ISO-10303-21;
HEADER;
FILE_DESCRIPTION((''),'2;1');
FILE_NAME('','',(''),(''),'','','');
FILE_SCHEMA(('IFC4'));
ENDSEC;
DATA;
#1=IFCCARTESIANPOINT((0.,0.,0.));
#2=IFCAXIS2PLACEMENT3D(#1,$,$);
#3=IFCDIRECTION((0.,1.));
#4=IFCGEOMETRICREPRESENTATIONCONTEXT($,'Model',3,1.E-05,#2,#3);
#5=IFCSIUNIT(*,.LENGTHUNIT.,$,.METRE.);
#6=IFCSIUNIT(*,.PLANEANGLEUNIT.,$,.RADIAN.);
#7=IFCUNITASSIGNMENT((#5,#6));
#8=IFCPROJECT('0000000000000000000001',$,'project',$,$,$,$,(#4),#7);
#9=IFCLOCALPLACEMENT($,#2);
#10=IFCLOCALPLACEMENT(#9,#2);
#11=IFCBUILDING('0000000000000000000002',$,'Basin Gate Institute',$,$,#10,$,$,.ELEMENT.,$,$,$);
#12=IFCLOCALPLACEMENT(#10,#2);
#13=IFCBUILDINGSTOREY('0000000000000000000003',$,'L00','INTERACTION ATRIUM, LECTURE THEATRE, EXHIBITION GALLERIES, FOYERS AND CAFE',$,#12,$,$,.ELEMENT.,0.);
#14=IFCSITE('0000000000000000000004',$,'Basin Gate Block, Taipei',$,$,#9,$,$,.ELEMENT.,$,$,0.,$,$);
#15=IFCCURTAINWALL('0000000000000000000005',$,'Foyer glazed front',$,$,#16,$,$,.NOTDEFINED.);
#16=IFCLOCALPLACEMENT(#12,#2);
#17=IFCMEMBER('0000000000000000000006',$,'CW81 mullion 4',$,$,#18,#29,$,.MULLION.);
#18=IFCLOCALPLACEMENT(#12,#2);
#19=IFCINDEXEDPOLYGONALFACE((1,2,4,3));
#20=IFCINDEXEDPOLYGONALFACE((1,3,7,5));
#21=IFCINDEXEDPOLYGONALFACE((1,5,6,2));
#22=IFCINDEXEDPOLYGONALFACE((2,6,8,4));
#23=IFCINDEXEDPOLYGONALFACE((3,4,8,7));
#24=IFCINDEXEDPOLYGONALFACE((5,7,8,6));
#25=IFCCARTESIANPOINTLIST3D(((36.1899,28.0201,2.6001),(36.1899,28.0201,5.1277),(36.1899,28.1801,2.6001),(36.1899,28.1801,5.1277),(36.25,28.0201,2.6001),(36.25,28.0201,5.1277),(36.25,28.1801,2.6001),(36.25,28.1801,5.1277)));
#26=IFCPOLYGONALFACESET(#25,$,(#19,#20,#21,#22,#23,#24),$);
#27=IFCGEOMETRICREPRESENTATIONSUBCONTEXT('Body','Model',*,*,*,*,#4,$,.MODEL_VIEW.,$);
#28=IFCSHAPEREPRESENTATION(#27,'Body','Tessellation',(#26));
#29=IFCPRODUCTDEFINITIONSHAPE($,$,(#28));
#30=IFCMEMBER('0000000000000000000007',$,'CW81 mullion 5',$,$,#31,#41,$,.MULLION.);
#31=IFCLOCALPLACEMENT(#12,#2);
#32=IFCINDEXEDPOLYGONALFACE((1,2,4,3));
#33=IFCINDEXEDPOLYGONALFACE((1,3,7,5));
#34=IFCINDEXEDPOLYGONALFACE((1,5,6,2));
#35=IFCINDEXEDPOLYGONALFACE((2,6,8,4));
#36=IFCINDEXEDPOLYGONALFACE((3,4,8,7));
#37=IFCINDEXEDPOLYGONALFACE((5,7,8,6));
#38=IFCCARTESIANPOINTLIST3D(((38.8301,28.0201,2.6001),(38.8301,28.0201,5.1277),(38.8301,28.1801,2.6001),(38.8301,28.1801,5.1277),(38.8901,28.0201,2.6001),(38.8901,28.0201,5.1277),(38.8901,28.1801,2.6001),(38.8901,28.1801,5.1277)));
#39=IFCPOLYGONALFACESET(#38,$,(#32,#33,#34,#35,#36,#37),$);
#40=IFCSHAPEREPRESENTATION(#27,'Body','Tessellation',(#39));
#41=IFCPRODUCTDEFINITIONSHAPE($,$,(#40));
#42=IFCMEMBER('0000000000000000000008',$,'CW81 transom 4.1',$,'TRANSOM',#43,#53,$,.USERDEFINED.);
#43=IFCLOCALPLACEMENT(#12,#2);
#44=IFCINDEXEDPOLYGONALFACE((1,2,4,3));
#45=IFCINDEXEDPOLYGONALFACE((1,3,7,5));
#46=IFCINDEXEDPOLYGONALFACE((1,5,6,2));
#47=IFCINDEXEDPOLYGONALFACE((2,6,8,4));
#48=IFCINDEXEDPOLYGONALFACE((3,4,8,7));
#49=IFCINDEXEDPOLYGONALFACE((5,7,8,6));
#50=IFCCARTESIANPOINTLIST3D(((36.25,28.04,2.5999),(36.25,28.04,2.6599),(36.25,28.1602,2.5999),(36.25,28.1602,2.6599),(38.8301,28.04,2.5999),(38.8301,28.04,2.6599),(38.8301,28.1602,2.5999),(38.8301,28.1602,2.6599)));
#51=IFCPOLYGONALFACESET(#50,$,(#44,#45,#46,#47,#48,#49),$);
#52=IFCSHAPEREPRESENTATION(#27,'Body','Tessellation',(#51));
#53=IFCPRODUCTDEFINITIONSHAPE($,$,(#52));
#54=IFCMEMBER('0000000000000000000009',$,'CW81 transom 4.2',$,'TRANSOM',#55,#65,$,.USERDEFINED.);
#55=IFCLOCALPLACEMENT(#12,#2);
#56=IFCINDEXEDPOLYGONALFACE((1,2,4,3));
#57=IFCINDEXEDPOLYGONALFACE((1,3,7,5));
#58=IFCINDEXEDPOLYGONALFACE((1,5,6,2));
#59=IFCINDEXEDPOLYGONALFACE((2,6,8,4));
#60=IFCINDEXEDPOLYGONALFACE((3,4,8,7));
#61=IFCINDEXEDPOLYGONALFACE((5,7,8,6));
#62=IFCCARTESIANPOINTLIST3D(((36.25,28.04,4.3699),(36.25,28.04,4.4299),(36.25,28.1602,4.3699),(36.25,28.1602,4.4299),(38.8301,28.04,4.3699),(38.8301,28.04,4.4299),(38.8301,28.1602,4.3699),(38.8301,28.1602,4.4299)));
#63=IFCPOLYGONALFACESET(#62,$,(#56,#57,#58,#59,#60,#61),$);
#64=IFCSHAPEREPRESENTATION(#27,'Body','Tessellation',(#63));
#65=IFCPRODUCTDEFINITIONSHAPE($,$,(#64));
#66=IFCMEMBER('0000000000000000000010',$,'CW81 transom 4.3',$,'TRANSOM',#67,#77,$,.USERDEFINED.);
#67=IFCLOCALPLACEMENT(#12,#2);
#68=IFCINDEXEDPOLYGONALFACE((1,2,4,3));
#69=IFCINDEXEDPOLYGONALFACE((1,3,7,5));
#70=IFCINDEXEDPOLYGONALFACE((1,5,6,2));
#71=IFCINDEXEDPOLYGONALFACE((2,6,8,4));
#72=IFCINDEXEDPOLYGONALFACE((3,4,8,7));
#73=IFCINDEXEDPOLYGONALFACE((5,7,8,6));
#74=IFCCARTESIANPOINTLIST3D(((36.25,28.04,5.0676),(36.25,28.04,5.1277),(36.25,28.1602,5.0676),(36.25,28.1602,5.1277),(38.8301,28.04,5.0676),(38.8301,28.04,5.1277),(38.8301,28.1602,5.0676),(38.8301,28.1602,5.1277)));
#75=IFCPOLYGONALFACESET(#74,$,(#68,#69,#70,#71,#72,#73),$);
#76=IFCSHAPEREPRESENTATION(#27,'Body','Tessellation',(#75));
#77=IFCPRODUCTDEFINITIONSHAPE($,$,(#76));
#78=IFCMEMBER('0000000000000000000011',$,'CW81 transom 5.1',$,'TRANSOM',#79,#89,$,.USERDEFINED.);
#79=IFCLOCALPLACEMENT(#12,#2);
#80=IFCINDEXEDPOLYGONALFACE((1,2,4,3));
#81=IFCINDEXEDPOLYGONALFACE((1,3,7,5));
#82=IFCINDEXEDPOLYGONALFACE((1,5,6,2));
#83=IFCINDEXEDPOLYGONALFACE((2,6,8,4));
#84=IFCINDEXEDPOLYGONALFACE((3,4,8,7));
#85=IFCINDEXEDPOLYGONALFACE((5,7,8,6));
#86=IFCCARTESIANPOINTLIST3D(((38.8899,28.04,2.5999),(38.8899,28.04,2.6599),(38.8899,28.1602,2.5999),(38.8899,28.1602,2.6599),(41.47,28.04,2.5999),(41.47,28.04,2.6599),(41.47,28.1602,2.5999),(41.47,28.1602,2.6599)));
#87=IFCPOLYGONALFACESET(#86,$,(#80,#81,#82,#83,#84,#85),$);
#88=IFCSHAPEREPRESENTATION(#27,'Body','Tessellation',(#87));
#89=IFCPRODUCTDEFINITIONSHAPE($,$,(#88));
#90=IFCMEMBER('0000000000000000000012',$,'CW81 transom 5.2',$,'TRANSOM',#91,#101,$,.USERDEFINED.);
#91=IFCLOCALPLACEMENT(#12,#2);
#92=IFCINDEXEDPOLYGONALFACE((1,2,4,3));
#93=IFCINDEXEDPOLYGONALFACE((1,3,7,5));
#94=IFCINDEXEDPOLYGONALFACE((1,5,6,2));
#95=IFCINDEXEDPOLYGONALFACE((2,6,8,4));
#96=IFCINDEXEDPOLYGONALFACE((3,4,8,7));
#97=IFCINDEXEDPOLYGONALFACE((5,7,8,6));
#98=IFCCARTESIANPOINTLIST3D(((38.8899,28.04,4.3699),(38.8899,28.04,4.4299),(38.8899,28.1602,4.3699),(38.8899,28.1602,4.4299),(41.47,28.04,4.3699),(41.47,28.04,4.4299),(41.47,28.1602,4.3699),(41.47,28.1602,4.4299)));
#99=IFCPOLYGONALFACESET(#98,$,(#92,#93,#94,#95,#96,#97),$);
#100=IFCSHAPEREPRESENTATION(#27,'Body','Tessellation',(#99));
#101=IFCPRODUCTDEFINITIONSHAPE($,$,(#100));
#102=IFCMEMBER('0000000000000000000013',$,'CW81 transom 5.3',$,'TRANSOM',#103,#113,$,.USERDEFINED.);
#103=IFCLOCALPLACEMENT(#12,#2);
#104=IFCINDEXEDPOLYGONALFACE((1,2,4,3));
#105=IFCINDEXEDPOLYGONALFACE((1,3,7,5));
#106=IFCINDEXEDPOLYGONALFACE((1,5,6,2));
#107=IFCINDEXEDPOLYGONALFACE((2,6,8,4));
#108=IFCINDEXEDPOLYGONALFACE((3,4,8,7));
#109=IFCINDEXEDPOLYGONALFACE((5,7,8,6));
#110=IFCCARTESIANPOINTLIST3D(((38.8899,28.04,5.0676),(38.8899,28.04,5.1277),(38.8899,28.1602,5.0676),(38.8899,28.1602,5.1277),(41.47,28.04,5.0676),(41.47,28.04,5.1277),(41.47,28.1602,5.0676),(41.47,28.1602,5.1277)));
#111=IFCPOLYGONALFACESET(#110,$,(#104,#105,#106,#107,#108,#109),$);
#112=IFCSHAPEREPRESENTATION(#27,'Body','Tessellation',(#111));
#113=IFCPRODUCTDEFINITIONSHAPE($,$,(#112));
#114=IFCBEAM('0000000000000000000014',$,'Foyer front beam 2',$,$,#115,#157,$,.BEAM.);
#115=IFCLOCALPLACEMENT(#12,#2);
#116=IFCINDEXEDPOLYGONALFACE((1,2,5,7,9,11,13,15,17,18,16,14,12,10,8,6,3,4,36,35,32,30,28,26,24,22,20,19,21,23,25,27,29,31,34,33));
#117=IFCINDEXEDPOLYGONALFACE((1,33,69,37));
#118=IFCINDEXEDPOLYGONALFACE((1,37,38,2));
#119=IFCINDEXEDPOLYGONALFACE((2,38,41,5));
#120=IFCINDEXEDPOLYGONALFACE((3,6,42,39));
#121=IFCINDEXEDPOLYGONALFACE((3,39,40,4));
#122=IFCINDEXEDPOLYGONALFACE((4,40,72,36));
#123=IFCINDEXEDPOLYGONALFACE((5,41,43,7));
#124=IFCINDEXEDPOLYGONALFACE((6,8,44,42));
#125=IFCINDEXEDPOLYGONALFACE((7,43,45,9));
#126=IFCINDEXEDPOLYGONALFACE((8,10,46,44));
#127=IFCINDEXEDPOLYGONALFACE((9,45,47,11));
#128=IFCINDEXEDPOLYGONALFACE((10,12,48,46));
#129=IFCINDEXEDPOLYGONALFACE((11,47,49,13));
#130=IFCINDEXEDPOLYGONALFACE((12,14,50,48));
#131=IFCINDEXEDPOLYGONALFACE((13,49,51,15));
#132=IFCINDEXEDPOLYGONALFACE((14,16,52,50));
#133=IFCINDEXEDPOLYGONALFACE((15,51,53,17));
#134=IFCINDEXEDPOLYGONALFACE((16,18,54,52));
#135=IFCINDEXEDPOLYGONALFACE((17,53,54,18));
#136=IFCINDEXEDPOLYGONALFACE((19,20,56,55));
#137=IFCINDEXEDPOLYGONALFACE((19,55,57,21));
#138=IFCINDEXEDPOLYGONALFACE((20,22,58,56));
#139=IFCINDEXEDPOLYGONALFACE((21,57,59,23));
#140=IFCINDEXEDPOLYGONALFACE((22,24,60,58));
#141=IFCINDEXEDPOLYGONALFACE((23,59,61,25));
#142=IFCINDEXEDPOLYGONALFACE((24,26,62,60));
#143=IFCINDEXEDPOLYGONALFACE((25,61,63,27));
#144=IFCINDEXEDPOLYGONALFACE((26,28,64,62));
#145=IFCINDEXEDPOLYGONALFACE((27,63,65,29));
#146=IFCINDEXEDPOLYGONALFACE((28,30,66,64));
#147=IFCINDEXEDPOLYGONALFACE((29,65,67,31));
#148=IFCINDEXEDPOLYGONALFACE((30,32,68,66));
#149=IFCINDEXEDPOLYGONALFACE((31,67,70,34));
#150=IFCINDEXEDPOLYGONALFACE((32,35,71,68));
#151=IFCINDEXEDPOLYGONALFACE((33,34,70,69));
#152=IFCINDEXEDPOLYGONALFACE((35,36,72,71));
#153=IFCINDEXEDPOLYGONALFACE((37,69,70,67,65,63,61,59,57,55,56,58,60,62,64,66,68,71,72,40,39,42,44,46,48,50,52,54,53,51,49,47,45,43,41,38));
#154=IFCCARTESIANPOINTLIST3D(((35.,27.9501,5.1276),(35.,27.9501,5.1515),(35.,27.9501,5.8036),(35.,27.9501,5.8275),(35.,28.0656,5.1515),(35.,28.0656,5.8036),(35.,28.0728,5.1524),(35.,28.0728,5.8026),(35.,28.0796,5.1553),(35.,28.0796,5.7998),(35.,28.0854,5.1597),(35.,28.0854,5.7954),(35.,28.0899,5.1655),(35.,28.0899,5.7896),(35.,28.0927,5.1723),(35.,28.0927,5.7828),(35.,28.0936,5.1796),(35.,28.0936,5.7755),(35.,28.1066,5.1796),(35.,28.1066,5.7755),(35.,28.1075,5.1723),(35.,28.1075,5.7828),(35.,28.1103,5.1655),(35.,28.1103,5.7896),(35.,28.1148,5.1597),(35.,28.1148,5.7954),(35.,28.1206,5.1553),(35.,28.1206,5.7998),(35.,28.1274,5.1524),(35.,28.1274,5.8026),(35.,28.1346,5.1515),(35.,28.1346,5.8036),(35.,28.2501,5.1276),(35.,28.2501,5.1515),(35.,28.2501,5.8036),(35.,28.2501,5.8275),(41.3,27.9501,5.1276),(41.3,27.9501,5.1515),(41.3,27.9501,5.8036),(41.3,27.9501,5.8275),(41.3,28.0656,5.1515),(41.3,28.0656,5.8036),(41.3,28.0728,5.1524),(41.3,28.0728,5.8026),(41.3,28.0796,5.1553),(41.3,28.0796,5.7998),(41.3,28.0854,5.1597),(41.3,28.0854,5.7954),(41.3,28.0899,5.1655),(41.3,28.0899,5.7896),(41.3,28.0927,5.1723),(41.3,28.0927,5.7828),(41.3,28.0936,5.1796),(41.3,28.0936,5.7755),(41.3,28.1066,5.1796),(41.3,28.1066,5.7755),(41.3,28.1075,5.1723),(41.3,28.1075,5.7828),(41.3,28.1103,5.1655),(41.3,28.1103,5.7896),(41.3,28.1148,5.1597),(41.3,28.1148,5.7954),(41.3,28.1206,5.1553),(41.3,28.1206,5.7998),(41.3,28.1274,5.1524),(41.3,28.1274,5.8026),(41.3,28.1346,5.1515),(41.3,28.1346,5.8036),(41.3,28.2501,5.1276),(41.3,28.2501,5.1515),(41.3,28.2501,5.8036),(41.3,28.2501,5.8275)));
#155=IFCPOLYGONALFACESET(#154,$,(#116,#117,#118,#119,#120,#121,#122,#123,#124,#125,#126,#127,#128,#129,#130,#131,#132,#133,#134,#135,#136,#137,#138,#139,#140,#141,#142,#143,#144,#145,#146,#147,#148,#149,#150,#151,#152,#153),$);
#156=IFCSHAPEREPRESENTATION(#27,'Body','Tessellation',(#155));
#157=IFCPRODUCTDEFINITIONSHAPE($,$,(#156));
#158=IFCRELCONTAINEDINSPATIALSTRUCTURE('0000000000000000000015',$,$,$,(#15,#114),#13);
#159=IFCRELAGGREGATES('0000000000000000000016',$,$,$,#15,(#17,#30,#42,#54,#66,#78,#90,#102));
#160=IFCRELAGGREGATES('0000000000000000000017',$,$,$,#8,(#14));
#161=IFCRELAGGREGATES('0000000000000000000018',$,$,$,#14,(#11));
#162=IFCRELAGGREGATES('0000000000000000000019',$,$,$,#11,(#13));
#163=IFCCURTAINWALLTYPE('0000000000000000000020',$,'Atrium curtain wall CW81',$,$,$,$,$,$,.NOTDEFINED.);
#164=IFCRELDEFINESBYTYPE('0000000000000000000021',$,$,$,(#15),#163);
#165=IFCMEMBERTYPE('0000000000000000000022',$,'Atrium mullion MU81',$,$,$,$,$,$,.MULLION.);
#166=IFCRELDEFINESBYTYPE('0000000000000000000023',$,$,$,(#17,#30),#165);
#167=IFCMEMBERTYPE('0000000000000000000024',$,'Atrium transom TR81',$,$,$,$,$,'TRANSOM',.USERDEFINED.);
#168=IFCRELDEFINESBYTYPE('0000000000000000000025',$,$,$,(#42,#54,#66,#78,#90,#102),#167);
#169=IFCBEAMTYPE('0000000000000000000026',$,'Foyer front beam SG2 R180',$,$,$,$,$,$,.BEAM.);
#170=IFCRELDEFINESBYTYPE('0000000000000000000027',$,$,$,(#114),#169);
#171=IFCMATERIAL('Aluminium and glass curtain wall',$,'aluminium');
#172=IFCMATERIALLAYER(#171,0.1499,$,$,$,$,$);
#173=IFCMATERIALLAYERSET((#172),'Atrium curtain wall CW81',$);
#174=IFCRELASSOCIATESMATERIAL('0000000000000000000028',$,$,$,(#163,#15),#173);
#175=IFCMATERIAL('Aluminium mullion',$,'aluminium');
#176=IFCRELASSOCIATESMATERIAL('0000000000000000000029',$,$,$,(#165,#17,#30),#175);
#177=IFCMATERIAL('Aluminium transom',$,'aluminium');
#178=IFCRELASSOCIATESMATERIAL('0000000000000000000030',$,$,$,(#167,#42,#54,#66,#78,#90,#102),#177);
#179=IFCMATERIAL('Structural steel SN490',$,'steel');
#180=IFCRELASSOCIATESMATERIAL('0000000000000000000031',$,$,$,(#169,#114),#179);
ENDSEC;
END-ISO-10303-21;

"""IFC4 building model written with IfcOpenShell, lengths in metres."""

from ifc_helpers import new_model, si_unit, direction, frame, origin, origin_2d, place, context, subcontext, project, spatial, rectangle, i_section, extrude, material, layer, layer_set, material_profile, profile_set, type_object, element, aggregate, save


model = new_model("IFC4")

# Units and contexts
model_context = context("Model", 3, precision=1e-05, world=origin(), true_north=direction((0.0, 1.0)))
body_context = subcontext(model_context, "Body", "Model", "MODEL_VIEW")
ifc_project = project(units=[si_unit("LENGTHUNIT", "METRE"), si_unit("PLANEANGLEUNIT", "RADIAN")], contexts=[model_context])

# Site, building, storey
site_placement = place(None, origin())
site = spatial("IfcSite", under=ifc_project, at=site_placement, Name="Basin Gate Block, Taipei", CompositionType="ELEMENT", RefElevation=0.0)
building_placement = place(site_placement, origin())
building = spatial("IfcBuilding", under=site, at=building_placement, Name="Basin Gate Institute", CompositionType="ELEMENT")
storey_placement = place(building_placement, origin())
storey = spatial("IfcBuildingStorey", under=building, at=storey_placement, Name="L00", Description="INTERACTION ATRIUM, LECTURE THEATRE, EXHIBITION GALLERIES, FOYERS AND CAFE", CompositionType="ELEMENT", Elevation=0.0)

# Curtain wall, members
ifc_material_1 = material(Name="Aluminium and glass curtain wall", Category="aluminium")
ifc_layer_1 = layer(ifc_material_1, 0.1499)
ifc_layer_set_1 = layer_set([ifc_layer_1], Name="Atrium curtain wall CW81")
curtain_wall_type = type_object("IfcCurtainWallType", Name="Atrium curtain wall CW81", PredefinedType="NOTDEFINED", material=ifc_layer_set_1)
curtain_wall_placement = place(storey_placement, origin())
curtain_wall = element("IfcCurtainWall", 1, at=curtain_wall_placement, inside=storey, type_object=curtain_wall_type, material=ifc_layer_set_1, Name="Foyer glazed front", PredefinedType="NOTDEFINED")
ifc_material_2 = material(Name="Aluminium mullion", Category="aluminium")
ifc_material_profile_1 = material_profile(ifc_material_2, rectangle(XDim=0.1599, YDim=0.0601, at=origin_2d()), Name="Atrium mullion MU81 160 x 60")
ifc_profile_set_1 = profile_set([ifc_material_profile_1], Name="Aluminium mullion")
member_type_1 = type_object("IfcMemberType", Name="Atrium mullion MU81", PredefinedType="MULLION", material=ifc_profile_set_1)
member_1_placement = place(storey_placement, frame((36.22, 28.1001, 2.6001), z_axis=(0.0, 0.0, 1.0), x_axis=(0.0, 1.0, 0.0)))
member_1 = element("IfcMember", 2, at=member_1_placement, type_object=member_type_1, material=ifc_profile_set_1, Name="CW81 mullion 4", PredefinedType="MULLION", context=body_context, shape_type="SweptSolid", body=[
    extrude(rectangle(XDim=0.1599, YDim=0.0601, at=origin_2d()), origin(), (0.0, 0.0, 1.0), 2.5276),
])
member_2_placement = place(storey_placement, frame((38.8601, 28.1001, 2.6001), z_axis=(0.0, 0.0, 1.0), x_axis=(0.0, 1.0, 0.0)))
member_2 = element("IfcMember", 3, at=member_2_placement, type_object=member_type_1, material=ifc_profile_set_1, Name="CW81 mullion 5", PredefinedType="MULLION", context=body_context, shape_type="SweptSolid", body=[
    extrude(rectangle(XDim=0.1599, YDim=0.0601, at=origin_2d()), origin(), (0.0, 0.0, 1.0), 2.5276),
])
ifc_material_3 = material(Name="Aluminium transom", Category="aluminium")
ifc_material_profile_2 = material_profile(ifc_material_3, rectangle(XDim=0.1201, YDim=0.0601, at=origin_2d()), Name="Atrium transom TR81 120 x 60")
ifc_profile_set_2 = profile_set([ifc_material_profile_2], Name="Aluminium transom")
member_type_2 = type_object("IfcMemberType", Name="Atrium transom TR81", ElementType="TRANSOM", PredefinedType="USERDEFINED", material=ifc_profile_set_2)
member_3_placement = place(storey_placement, frame((36.25, 28.1001, 2.6299), z_axis=(1.0, 0.0, 0.0), x_axis=(0.0, 1.0, 0.0)))
member_3 = element("IfcMember", 4, at=member_3_placement, type_object=member_type_2, material=ifc_profile_set_2, Name="CW81 transom 4.1", ObjectType="TRANSOM", PredefinedType="USERDEFINED", context=body_context, shape_type="SweptSolid", body=[
    extrude(rectangle(XDim=0.1201, YDim=0.0601, at=origin_2d()), origin(), (0.0, 0.0, 1.0), 2.5801),
])
member_4_placement = place(storey_placement, frame((36.25, 28.1001, 4.3999), z_axis=(1.0, 0.0, 0.0), x_axis=(0.0, 1.0, 0.0)))
member_4 = element("IfcMember", 5, at=member_4_placement, type_object=member_type_2, material=ifc_profile_set_2, Name="CW81 transom 4.2", ObjectType="TRANSOM", PredefinedType="USERDEFINED", context=body_context, shape_type="SweptSolid", body=[
    extrude(rectangle(XDim=0.1201, YDim=0.0601, at=origin_2d()), origin(), (0.0, 0.0, 1.0), 2.5801),
])
member_5_placement = place(storey_placement, frame((36.25, 28.1001, 5.0977), z_axis=(1.0, 0.0, 0.0), x_axis=(0.0, 1.0, 0.0)))
member_5 = element("IfcMember", 6, at=member_5_placement, type_object=member_type_2, material=ifc_profile_set_2, Name="CW81 transom 4.3", ObjectType="TRANSOM", PredefinedType="USERDEFINED", context=body_context, shape_type="SweptSolid", body=[
    extrude(rectangle(XDim=0.1201, YDim=0.0601, at=origin_2d()), origin(), (0.0, 0.0, 1.0), 2.5801),
])
member_6_placement = place(storey_placement, frame((38.8899, 28.1001, 2.6299), z_axis=(1.0, 0.0, 0.0), x_axis=(0.0, 1.0, 0.0)))
member_6 = element("IfcMember", 7, at=member_6_placement, type_object=member_type_2, material=ifc_profile_set_2, Name="CW81 transom 5.1", ObjectType="TRANSOM", PredefinedType="USERDEFINED", context=body_context, shape_type="SweptSolid", body=[
    extrude(rectangle(XDim=0.1201, YDim=0.0601, at=origin_2d()), origin(), (0.0, 0.0, 1.0), 2.5801),
])
member_7_placement = place(storey_placement, frame((38.8899, 28.1001, 4.3999), z_axis=(1.0, 0.0, 0.0), x_axis=(0.0, 1.0, 0.0)))
member_7 = element("IfcMember", 8, at=member_7_placement, type_object=member_type_2, material=ifc_profile_set_2, Name="CW81 transom 5.2", ObjectType="TRANSOM", PredefinedType="USERDEFINED", context=body_context, shape_type="SweptSolid", body=[
    extrude(rectangle(XDim=0.1201, YDim=0.0601, at=origin_2d()), origin(), (0.0, 0.0, 1.0), 2.5801),
])
member_8_placement = place(storey_placement, frame((38.8899, 28.1001, 5.0977), z_axis=(1.0, 0.0, 0.0), x_axis=(0.0, 1.0, 0.0)))
member_8 = element("IfcMember", 9, at=member_8_placement, type_object=member_type_2, material=ifc_profile_set_2, Name="CW81 transom 5.3", ObjectType="TRANSOM", PredefinedType="USERDEFINED", context=body_context, shape_type="SweptSolid", body=[
    extrude(rectangle(XDim=0.1201, YDim=0.0601, at=origin_2d()), origin(), (0.0, 0.0, 1.0), 2.5801),
])

# Beam
ifc_material_4 = material(Name="Structural steel SN490", Category="steel")
ifc_material_profile_3 = material_profile(ifc_material_4, i_section(OverallWidth=0.3, OverallDepth=0.7, WebThickness=0.0129, FlangeThickness=0.0239, FilletRadius=0.0281, at=origin_2d()), Name="H700x300")
ifc_profile_set_3 = profile_set([ifc_material_profile_3], Name="Structural steel SN490")
beam_type = type_object("IfcBeamType", Name="Foyer front beam SG2 R180", PredefinedType="BEAM", material=ifc_profile_set_3)
beam_placement = place(storey_placement, frame((35.0, 28.1001, 5.4775), z_axis=(1.0, 0.0, 0.0), x_axis=(0.0, 1.0, 0.0)))
element("IfcBeam", 10, at=beam_placement, inside=storey, type_object=beam_type, material=ifc_profile_set_3, Name="Foyer front beam 2", PredefinedType="BEAM", context=body_context, shape_type="SweptSolid", body=[
    extrude(i_section(OverallWidth=0.3, OverallDepth=0.7, WebThickness=0.0129, FlangeThickness=0.0239, FilletRadius=0.0281, at=origin_2d()), origin(), (0.0, 0.0, 1.0), 6.3),
])

aggregate(curtain_wall, [member_1, member_2, member_3, member_4, member_5, member_6, member_7, member_8])

save(model, "model.ifc")
